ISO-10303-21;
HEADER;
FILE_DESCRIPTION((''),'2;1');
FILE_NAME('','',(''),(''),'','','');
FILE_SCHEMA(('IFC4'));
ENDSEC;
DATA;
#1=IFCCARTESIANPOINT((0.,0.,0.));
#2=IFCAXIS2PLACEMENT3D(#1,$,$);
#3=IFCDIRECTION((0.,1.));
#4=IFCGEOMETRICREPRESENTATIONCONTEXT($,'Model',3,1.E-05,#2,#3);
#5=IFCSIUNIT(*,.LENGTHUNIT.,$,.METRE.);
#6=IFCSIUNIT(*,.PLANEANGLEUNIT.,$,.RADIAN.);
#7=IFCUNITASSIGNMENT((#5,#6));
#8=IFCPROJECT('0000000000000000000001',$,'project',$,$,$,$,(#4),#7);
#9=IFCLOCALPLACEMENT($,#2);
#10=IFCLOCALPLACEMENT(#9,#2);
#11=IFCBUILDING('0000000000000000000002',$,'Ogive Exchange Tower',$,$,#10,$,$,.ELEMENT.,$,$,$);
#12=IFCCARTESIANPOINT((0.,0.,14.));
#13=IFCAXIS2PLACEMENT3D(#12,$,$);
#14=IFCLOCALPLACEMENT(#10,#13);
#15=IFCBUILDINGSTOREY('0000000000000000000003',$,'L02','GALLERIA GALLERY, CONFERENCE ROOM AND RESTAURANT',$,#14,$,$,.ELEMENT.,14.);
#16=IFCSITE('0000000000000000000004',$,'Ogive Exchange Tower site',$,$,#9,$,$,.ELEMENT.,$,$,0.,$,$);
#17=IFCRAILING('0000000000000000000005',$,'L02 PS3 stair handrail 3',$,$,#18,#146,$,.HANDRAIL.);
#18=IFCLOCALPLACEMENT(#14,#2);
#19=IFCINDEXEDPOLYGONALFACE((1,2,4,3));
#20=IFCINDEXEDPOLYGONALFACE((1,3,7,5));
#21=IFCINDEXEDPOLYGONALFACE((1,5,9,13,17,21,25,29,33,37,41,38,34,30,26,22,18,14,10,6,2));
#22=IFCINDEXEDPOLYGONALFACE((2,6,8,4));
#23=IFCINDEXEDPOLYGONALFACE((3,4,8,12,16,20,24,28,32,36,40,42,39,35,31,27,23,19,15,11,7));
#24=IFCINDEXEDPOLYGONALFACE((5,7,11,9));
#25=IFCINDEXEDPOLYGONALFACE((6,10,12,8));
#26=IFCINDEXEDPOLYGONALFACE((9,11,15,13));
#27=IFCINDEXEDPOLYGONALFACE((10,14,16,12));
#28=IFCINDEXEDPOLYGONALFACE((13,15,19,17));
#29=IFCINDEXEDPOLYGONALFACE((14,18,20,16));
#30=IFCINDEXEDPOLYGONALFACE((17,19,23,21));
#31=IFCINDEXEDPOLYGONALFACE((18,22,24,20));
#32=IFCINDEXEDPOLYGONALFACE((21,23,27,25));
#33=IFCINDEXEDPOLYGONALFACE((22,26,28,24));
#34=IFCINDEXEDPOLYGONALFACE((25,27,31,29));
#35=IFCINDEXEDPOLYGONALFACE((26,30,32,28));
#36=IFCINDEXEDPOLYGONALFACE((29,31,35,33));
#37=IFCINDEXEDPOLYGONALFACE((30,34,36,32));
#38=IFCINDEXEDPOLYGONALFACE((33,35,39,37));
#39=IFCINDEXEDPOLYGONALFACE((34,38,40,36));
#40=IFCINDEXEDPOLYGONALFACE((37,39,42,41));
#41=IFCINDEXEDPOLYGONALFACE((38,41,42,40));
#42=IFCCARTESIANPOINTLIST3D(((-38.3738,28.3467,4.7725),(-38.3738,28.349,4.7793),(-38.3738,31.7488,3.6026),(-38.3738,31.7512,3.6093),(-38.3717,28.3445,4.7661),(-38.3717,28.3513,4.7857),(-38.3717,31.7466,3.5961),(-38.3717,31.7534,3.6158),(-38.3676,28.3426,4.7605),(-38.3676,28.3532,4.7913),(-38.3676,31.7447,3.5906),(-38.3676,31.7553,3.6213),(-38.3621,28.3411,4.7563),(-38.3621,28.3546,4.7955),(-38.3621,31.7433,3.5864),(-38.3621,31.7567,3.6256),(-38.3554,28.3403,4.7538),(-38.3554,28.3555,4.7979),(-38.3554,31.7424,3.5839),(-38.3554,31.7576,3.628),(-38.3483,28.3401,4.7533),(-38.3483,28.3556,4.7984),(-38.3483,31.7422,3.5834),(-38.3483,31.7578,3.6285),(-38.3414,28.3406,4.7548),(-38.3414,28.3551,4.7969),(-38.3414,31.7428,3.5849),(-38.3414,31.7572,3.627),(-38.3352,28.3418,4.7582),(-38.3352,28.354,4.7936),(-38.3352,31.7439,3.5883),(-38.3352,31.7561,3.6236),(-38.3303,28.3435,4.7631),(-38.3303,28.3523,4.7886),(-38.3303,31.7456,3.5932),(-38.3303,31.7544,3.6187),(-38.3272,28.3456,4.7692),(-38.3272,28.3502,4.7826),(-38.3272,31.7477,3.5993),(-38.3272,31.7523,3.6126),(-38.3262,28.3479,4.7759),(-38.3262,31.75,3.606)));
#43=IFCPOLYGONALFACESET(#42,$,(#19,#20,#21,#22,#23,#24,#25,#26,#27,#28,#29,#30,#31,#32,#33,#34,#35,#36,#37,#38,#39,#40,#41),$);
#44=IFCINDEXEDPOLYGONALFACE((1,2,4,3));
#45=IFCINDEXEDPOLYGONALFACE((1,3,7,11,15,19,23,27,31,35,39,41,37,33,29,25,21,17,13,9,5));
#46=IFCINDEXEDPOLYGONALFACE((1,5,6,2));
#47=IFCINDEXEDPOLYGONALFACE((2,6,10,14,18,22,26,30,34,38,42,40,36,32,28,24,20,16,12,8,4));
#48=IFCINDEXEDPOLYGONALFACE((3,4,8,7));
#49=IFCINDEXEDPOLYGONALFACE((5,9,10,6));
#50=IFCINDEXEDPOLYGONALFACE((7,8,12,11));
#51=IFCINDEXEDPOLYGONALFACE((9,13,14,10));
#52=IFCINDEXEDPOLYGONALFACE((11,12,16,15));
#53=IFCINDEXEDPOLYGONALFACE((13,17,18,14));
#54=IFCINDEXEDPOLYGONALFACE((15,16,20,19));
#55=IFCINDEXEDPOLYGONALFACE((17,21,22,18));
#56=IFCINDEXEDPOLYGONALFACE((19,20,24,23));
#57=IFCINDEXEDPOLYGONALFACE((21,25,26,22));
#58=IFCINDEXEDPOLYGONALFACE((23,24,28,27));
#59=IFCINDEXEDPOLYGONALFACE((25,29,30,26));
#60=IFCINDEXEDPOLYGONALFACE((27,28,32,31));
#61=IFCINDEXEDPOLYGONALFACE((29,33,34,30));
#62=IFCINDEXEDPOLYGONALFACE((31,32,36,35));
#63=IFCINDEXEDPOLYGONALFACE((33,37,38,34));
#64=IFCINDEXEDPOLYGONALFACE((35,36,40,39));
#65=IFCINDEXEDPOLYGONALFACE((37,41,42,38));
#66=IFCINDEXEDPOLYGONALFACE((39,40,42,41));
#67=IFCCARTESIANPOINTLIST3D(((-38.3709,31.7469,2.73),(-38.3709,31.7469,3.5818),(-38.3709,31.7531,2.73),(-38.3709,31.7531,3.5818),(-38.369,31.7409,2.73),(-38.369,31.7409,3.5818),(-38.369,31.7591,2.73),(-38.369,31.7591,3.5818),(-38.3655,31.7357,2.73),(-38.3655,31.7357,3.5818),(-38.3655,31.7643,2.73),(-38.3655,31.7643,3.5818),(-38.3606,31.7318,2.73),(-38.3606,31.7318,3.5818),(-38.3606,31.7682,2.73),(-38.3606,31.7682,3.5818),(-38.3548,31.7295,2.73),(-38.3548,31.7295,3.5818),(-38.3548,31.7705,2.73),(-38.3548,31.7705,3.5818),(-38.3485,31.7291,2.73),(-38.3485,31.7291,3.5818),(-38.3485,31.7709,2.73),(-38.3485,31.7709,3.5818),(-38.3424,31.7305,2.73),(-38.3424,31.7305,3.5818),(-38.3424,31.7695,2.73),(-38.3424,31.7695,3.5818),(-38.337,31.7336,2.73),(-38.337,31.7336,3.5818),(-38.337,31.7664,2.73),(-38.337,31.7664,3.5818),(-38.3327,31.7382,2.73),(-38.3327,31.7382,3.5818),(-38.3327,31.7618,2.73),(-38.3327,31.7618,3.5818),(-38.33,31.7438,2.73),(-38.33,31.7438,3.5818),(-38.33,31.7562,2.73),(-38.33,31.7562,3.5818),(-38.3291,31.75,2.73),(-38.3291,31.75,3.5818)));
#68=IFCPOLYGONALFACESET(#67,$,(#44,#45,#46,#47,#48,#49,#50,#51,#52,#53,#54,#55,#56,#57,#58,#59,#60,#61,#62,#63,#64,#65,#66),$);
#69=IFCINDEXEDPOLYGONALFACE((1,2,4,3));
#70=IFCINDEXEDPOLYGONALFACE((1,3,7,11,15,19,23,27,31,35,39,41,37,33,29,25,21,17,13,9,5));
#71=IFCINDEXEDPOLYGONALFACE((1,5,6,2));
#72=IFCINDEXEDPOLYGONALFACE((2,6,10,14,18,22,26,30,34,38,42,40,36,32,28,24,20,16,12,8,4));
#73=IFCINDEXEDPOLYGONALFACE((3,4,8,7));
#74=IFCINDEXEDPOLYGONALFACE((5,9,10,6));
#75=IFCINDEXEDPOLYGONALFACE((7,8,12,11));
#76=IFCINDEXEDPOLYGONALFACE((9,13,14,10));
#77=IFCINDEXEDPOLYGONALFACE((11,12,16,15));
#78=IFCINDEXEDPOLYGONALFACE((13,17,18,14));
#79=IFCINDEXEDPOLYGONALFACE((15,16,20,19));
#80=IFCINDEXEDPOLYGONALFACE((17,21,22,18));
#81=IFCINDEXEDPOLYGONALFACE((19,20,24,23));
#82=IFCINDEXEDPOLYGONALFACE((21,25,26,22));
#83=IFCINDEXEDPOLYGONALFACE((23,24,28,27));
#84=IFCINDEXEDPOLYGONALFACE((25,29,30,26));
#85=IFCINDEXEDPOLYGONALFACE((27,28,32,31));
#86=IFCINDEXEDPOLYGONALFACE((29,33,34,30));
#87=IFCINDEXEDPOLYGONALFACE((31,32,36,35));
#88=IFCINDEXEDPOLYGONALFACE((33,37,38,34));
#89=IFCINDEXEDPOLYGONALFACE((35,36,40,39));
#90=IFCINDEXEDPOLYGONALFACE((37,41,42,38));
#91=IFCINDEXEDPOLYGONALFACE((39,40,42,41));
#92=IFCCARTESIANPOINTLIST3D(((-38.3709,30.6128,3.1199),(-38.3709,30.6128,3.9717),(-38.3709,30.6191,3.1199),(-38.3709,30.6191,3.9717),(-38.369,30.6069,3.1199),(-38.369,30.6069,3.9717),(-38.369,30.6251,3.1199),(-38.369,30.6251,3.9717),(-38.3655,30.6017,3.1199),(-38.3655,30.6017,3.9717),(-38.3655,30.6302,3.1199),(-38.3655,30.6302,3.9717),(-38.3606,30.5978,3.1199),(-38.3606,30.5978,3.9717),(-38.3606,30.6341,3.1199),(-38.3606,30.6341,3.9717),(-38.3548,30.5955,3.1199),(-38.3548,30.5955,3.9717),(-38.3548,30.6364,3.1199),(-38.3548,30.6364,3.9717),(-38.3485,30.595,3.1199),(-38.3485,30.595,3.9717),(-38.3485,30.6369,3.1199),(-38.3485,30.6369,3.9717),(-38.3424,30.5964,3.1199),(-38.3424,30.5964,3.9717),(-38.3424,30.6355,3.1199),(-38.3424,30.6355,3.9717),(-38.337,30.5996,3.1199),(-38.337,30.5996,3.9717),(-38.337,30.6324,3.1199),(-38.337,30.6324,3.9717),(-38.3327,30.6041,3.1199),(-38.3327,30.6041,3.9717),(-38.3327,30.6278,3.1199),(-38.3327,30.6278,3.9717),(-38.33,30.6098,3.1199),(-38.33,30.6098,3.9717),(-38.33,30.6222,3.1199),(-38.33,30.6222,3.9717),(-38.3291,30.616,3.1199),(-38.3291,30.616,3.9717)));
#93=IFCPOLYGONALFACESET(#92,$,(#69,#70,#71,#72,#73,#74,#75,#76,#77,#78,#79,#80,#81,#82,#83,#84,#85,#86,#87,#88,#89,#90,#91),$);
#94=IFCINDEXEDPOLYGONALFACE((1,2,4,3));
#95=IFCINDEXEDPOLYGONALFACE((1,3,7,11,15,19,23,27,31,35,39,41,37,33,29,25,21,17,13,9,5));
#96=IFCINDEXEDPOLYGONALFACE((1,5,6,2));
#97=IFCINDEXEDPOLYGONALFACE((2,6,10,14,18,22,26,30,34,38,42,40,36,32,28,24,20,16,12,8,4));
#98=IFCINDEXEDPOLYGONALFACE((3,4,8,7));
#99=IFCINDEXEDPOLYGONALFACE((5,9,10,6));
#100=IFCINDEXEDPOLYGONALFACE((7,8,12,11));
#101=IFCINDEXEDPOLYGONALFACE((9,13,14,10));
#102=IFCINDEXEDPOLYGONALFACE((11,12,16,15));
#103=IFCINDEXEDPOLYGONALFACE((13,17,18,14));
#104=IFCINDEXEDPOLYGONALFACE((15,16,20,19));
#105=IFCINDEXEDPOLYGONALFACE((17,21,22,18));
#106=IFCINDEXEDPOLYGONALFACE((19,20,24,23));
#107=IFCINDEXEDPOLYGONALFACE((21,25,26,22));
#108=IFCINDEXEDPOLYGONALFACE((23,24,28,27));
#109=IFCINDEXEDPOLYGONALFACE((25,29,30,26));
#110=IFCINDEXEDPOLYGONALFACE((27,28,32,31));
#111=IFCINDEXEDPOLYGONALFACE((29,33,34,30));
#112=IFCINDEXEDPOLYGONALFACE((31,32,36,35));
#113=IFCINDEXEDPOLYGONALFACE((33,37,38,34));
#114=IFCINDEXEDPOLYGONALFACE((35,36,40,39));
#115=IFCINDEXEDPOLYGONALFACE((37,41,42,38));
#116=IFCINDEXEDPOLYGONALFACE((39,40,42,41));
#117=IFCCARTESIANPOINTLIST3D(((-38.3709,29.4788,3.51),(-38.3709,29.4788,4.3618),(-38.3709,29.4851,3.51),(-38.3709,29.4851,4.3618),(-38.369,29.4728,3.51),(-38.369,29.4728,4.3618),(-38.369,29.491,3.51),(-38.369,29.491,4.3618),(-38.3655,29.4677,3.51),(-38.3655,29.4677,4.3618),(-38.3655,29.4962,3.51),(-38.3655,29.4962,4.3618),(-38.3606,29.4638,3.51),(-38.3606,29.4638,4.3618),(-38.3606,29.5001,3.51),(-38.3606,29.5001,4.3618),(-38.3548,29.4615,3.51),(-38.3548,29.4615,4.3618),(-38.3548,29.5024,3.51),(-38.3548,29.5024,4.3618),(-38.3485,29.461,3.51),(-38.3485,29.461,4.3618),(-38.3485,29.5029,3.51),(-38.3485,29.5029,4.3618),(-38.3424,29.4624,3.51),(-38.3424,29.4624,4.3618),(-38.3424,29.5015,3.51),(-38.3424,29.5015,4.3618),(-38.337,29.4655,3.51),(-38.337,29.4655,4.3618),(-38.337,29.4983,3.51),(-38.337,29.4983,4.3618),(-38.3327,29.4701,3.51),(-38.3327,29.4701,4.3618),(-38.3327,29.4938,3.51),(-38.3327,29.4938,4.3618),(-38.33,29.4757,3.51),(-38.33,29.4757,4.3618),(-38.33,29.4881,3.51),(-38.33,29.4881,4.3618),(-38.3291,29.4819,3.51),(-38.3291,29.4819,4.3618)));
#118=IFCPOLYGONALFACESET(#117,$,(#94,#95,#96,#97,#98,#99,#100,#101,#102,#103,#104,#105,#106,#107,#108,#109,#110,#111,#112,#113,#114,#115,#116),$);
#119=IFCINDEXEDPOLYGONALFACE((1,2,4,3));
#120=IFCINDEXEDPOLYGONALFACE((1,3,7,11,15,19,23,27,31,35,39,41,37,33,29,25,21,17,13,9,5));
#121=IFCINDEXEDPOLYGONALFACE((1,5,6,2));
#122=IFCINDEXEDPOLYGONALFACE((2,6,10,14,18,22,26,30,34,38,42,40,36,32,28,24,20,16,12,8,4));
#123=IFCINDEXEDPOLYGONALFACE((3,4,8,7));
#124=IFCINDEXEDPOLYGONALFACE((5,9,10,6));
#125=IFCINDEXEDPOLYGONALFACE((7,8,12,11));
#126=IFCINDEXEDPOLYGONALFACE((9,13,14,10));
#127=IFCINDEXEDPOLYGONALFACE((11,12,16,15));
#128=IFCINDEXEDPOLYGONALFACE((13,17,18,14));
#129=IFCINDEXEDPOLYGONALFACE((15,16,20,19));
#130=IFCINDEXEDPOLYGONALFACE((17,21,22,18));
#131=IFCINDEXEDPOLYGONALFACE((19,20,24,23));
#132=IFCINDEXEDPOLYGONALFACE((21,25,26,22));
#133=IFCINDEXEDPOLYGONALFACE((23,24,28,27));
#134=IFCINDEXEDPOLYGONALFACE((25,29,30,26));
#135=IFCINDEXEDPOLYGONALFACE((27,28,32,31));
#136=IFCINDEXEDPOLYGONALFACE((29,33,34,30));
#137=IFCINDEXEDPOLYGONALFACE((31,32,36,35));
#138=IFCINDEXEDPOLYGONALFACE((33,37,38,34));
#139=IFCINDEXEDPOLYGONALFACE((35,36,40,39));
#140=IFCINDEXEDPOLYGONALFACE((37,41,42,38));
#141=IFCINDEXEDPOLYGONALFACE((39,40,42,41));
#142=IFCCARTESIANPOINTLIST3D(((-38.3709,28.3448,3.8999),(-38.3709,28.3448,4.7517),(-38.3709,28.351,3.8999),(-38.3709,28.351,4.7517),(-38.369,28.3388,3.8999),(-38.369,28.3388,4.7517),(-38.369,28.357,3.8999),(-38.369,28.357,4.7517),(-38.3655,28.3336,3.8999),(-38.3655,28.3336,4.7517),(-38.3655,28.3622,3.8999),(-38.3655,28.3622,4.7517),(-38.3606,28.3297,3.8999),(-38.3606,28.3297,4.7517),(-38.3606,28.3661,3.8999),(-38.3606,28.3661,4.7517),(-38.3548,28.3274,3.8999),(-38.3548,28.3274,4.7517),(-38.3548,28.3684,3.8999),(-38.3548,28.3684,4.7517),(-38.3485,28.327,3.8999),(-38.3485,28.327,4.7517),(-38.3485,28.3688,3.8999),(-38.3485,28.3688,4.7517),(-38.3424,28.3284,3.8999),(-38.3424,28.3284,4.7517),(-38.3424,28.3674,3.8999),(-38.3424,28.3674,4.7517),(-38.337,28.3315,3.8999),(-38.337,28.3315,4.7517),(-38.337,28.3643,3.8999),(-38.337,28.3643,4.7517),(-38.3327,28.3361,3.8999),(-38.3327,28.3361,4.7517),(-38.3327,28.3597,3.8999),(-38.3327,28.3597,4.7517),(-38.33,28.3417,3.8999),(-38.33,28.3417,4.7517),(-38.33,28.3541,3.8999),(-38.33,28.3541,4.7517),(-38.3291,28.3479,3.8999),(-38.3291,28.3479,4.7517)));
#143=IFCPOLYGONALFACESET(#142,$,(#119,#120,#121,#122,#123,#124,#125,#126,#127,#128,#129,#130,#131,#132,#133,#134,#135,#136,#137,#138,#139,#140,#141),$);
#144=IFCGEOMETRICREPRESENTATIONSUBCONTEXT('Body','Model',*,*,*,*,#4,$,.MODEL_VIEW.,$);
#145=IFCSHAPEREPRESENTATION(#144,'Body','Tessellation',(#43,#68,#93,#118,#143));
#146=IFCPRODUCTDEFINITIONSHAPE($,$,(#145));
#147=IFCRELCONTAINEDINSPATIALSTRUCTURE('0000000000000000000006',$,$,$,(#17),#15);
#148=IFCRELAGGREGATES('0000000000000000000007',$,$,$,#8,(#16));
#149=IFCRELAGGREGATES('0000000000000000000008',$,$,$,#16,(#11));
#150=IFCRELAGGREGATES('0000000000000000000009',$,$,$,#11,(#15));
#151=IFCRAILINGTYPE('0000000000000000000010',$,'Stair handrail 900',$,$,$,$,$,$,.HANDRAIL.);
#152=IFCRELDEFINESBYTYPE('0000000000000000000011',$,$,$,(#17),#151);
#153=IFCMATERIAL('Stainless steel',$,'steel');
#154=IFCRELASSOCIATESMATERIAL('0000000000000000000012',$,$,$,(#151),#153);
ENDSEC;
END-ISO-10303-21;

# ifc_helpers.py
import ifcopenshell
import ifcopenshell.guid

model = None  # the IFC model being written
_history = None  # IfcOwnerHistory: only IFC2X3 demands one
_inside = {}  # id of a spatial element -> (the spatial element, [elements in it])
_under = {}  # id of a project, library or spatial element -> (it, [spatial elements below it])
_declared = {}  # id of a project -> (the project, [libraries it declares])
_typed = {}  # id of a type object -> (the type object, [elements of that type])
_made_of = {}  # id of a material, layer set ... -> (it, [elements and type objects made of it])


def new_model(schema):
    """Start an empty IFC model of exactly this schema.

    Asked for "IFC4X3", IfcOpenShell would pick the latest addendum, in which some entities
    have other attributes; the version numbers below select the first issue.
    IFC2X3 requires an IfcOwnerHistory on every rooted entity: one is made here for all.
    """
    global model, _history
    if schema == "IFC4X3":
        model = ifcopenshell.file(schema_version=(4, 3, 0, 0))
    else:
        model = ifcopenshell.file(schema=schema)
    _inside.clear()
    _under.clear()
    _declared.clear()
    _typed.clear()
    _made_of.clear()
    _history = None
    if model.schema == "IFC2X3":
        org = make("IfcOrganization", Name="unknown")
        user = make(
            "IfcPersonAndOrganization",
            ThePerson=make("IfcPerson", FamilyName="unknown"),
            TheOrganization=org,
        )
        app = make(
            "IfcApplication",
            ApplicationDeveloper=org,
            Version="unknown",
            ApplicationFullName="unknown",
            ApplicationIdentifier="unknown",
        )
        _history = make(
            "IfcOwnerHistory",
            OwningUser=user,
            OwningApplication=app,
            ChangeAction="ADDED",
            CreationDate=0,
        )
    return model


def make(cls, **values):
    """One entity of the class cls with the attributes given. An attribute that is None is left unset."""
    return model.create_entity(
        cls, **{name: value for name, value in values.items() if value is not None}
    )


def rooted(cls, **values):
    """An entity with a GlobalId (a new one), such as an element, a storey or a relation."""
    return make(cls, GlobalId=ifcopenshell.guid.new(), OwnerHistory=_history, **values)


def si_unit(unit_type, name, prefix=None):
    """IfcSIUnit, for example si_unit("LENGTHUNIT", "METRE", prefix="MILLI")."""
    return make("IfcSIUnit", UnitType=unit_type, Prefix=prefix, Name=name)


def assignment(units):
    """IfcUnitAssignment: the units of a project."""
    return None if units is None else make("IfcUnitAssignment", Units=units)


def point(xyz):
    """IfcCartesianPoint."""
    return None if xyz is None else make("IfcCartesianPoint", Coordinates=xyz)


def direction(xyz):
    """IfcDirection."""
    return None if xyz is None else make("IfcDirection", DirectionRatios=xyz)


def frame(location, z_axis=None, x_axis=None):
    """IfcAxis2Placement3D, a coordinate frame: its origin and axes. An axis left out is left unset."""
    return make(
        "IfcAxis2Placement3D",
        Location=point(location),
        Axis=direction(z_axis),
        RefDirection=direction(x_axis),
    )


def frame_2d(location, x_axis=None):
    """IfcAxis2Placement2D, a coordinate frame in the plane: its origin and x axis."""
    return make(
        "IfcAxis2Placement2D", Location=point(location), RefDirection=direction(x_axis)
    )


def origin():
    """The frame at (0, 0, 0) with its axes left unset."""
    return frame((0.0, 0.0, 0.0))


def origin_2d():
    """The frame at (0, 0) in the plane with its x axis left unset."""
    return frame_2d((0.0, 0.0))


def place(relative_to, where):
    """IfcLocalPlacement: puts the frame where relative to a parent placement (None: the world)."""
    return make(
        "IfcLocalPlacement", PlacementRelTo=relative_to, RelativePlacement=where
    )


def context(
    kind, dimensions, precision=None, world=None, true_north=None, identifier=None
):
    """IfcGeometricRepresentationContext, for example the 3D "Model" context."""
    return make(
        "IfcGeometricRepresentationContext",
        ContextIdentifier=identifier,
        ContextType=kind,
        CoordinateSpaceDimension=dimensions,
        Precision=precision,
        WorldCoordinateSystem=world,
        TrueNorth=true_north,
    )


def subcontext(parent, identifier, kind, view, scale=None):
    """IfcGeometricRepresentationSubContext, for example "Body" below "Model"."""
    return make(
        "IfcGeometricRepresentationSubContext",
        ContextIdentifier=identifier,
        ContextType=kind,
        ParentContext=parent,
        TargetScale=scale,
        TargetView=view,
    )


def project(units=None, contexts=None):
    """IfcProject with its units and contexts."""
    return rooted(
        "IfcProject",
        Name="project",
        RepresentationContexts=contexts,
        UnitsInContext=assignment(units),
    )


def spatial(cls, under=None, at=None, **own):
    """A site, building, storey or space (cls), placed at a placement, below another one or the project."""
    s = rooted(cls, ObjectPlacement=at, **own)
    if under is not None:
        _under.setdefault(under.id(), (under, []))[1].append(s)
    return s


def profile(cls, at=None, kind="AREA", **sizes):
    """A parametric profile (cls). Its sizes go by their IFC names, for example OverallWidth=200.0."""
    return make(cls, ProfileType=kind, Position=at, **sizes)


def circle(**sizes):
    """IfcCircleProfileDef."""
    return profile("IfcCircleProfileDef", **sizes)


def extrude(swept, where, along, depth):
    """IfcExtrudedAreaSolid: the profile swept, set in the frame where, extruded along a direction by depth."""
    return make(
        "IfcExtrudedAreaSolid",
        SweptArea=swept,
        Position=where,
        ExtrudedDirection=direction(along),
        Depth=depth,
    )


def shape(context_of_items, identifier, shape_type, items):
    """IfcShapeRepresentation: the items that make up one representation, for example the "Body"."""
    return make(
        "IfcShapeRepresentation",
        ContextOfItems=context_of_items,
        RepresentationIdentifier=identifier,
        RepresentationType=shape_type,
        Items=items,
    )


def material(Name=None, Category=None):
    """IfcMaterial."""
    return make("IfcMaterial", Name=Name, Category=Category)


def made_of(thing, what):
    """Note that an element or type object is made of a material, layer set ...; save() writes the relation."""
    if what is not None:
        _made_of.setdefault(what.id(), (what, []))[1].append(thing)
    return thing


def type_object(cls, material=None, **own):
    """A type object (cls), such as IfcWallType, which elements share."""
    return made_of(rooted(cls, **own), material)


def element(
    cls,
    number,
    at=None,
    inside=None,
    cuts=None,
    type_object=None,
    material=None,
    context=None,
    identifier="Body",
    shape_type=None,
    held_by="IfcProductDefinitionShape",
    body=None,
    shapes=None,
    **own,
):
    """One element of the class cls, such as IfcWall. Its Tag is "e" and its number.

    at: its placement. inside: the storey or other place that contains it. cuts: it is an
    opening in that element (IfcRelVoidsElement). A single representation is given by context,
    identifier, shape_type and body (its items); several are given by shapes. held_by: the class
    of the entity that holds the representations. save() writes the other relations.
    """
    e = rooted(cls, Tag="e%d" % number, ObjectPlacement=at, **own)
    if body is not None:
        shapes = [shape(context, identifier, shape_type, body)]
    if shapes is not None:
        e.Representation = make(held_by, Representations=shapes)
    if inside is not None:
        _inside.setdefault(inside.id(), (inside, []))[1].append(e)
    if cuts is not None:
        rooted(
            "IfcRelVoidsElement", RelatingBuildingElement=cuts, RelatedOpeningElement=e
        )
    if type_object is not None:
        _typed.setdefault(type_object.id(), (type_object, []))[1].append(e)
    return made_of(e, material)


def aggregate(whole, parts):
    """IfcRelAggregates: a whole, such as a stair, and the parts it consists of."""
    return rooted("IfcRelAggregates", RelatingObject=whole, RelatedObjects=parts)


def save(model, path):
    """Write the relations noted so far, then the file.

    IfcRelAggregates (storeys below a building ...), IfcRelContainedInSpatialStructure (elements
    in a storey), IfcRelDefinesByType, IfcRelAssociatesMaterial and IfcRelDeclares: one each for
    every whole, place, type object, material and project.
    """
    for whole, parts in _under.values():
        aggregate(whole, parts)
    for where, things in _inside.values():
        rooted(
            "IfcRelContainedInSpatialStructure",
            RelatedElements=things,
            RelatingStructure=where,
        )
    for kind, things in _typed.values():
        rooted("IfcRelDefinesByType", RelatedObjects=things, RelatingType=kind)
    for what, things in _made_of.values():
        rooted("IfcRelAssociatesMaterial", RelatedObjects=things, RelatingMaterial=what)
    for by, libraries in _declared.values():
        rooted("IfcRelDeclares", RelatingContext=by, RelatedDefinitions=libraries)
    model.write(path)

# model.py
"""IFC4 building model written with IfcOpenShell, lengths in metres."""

from ifc_helpers import new_model, si_unit, direction, frame, origin, origin_2d, place, context, subcontext, project, spatial, circle, extrude, material, type_object, element, save


model = new_model("IFC4")

# Units and contexts
model_context = context("Model", 3, precision=1e-05, world=origin(), true_north=direction((0.0, 1.0)))
body_context = subcontext(model_context, "Body", "Model", "MODEL_VIEW")
ifc_project = project(units=[si_unit("LENGTHUNIT", "METRE"), si_unit("PLANEANGLEUNIT", "RADIAN")], contexts=[model_context])

# Site, building, storey
site_placement = place(None, origin())
site = spatial("IfcSite", under=ifc_project, at=site_placement, Name="Ogive Exchange Tower site", CompositionType="ELEMENT", RefElevation=0.0)
building_placement = place(site_placement, origin())
building = spatial("IfcBuilding", under=site, at=building_placement, Name="Ogive Exchange Tower", CompositionType="ELEMENT")
storey_placement = place(building_placement, frame((0.0, 0.0, 14.0)))
storey = spatial("IfcBuildingStorey", under=building, at=storey_placement, Name="L02", Description="GALLERIA GALLERY, CONFERENCE ROOM AND RESTAURANT", CompositionType="ELEMENT", Elevation=14.0)

# Railing
ifc_material_1 = material(Name="Stainless steel", Category="steel")
railing_type = type_object("IfcRailingType", Name="Stair handrail 900", PredefinedType="HANDRAIL", material=ifc_material_1)
railing_1_placement = place(storey_placement, frame((-38.3501, 31.75, 2.73)))
element("IfcRailing", 1, at=railing_1_placement, inside=storey, type_object=railing_type, Name="L02 PS3 stair handrail 3", PredefinedType="HANDRAIL", context=body_context, shape_type="SweptSolid", body=[
    extrude(circle(Radius=0.0239, at=origin_2d()), frame((0.0, 0.0, 0.876), z_axis=(0.0, -0.945648, 0.325192), x_axis=(1.0, 0.0, 0.0)), (0.0, 0.0, 1.0), 3.5977),
    extrude(circle(Radius=0.021, at=origin_2d()), origin(), (0.0, 0.0, 1.0), 0.8518),
    extrude(circle(Radius=0.021, at=origin_2d()), frame((0.0, -1.134, 0.3899)), (0.0, 0.0, 1.0), 0.8518),
    extrude(circle(Radius=0.021, at=origin_2d()), frame((0.0, -2.2681, 0.78)), (0.0, 0.0, 1.0), 0.8518),
    extrude(circle(Radius=0.021, at=origin_2d()), frame((0.0, -3.4021, 1.1699)), (0.0, 0.0, 1.0), 0.8518),
])

save(model, "model.ifc")
